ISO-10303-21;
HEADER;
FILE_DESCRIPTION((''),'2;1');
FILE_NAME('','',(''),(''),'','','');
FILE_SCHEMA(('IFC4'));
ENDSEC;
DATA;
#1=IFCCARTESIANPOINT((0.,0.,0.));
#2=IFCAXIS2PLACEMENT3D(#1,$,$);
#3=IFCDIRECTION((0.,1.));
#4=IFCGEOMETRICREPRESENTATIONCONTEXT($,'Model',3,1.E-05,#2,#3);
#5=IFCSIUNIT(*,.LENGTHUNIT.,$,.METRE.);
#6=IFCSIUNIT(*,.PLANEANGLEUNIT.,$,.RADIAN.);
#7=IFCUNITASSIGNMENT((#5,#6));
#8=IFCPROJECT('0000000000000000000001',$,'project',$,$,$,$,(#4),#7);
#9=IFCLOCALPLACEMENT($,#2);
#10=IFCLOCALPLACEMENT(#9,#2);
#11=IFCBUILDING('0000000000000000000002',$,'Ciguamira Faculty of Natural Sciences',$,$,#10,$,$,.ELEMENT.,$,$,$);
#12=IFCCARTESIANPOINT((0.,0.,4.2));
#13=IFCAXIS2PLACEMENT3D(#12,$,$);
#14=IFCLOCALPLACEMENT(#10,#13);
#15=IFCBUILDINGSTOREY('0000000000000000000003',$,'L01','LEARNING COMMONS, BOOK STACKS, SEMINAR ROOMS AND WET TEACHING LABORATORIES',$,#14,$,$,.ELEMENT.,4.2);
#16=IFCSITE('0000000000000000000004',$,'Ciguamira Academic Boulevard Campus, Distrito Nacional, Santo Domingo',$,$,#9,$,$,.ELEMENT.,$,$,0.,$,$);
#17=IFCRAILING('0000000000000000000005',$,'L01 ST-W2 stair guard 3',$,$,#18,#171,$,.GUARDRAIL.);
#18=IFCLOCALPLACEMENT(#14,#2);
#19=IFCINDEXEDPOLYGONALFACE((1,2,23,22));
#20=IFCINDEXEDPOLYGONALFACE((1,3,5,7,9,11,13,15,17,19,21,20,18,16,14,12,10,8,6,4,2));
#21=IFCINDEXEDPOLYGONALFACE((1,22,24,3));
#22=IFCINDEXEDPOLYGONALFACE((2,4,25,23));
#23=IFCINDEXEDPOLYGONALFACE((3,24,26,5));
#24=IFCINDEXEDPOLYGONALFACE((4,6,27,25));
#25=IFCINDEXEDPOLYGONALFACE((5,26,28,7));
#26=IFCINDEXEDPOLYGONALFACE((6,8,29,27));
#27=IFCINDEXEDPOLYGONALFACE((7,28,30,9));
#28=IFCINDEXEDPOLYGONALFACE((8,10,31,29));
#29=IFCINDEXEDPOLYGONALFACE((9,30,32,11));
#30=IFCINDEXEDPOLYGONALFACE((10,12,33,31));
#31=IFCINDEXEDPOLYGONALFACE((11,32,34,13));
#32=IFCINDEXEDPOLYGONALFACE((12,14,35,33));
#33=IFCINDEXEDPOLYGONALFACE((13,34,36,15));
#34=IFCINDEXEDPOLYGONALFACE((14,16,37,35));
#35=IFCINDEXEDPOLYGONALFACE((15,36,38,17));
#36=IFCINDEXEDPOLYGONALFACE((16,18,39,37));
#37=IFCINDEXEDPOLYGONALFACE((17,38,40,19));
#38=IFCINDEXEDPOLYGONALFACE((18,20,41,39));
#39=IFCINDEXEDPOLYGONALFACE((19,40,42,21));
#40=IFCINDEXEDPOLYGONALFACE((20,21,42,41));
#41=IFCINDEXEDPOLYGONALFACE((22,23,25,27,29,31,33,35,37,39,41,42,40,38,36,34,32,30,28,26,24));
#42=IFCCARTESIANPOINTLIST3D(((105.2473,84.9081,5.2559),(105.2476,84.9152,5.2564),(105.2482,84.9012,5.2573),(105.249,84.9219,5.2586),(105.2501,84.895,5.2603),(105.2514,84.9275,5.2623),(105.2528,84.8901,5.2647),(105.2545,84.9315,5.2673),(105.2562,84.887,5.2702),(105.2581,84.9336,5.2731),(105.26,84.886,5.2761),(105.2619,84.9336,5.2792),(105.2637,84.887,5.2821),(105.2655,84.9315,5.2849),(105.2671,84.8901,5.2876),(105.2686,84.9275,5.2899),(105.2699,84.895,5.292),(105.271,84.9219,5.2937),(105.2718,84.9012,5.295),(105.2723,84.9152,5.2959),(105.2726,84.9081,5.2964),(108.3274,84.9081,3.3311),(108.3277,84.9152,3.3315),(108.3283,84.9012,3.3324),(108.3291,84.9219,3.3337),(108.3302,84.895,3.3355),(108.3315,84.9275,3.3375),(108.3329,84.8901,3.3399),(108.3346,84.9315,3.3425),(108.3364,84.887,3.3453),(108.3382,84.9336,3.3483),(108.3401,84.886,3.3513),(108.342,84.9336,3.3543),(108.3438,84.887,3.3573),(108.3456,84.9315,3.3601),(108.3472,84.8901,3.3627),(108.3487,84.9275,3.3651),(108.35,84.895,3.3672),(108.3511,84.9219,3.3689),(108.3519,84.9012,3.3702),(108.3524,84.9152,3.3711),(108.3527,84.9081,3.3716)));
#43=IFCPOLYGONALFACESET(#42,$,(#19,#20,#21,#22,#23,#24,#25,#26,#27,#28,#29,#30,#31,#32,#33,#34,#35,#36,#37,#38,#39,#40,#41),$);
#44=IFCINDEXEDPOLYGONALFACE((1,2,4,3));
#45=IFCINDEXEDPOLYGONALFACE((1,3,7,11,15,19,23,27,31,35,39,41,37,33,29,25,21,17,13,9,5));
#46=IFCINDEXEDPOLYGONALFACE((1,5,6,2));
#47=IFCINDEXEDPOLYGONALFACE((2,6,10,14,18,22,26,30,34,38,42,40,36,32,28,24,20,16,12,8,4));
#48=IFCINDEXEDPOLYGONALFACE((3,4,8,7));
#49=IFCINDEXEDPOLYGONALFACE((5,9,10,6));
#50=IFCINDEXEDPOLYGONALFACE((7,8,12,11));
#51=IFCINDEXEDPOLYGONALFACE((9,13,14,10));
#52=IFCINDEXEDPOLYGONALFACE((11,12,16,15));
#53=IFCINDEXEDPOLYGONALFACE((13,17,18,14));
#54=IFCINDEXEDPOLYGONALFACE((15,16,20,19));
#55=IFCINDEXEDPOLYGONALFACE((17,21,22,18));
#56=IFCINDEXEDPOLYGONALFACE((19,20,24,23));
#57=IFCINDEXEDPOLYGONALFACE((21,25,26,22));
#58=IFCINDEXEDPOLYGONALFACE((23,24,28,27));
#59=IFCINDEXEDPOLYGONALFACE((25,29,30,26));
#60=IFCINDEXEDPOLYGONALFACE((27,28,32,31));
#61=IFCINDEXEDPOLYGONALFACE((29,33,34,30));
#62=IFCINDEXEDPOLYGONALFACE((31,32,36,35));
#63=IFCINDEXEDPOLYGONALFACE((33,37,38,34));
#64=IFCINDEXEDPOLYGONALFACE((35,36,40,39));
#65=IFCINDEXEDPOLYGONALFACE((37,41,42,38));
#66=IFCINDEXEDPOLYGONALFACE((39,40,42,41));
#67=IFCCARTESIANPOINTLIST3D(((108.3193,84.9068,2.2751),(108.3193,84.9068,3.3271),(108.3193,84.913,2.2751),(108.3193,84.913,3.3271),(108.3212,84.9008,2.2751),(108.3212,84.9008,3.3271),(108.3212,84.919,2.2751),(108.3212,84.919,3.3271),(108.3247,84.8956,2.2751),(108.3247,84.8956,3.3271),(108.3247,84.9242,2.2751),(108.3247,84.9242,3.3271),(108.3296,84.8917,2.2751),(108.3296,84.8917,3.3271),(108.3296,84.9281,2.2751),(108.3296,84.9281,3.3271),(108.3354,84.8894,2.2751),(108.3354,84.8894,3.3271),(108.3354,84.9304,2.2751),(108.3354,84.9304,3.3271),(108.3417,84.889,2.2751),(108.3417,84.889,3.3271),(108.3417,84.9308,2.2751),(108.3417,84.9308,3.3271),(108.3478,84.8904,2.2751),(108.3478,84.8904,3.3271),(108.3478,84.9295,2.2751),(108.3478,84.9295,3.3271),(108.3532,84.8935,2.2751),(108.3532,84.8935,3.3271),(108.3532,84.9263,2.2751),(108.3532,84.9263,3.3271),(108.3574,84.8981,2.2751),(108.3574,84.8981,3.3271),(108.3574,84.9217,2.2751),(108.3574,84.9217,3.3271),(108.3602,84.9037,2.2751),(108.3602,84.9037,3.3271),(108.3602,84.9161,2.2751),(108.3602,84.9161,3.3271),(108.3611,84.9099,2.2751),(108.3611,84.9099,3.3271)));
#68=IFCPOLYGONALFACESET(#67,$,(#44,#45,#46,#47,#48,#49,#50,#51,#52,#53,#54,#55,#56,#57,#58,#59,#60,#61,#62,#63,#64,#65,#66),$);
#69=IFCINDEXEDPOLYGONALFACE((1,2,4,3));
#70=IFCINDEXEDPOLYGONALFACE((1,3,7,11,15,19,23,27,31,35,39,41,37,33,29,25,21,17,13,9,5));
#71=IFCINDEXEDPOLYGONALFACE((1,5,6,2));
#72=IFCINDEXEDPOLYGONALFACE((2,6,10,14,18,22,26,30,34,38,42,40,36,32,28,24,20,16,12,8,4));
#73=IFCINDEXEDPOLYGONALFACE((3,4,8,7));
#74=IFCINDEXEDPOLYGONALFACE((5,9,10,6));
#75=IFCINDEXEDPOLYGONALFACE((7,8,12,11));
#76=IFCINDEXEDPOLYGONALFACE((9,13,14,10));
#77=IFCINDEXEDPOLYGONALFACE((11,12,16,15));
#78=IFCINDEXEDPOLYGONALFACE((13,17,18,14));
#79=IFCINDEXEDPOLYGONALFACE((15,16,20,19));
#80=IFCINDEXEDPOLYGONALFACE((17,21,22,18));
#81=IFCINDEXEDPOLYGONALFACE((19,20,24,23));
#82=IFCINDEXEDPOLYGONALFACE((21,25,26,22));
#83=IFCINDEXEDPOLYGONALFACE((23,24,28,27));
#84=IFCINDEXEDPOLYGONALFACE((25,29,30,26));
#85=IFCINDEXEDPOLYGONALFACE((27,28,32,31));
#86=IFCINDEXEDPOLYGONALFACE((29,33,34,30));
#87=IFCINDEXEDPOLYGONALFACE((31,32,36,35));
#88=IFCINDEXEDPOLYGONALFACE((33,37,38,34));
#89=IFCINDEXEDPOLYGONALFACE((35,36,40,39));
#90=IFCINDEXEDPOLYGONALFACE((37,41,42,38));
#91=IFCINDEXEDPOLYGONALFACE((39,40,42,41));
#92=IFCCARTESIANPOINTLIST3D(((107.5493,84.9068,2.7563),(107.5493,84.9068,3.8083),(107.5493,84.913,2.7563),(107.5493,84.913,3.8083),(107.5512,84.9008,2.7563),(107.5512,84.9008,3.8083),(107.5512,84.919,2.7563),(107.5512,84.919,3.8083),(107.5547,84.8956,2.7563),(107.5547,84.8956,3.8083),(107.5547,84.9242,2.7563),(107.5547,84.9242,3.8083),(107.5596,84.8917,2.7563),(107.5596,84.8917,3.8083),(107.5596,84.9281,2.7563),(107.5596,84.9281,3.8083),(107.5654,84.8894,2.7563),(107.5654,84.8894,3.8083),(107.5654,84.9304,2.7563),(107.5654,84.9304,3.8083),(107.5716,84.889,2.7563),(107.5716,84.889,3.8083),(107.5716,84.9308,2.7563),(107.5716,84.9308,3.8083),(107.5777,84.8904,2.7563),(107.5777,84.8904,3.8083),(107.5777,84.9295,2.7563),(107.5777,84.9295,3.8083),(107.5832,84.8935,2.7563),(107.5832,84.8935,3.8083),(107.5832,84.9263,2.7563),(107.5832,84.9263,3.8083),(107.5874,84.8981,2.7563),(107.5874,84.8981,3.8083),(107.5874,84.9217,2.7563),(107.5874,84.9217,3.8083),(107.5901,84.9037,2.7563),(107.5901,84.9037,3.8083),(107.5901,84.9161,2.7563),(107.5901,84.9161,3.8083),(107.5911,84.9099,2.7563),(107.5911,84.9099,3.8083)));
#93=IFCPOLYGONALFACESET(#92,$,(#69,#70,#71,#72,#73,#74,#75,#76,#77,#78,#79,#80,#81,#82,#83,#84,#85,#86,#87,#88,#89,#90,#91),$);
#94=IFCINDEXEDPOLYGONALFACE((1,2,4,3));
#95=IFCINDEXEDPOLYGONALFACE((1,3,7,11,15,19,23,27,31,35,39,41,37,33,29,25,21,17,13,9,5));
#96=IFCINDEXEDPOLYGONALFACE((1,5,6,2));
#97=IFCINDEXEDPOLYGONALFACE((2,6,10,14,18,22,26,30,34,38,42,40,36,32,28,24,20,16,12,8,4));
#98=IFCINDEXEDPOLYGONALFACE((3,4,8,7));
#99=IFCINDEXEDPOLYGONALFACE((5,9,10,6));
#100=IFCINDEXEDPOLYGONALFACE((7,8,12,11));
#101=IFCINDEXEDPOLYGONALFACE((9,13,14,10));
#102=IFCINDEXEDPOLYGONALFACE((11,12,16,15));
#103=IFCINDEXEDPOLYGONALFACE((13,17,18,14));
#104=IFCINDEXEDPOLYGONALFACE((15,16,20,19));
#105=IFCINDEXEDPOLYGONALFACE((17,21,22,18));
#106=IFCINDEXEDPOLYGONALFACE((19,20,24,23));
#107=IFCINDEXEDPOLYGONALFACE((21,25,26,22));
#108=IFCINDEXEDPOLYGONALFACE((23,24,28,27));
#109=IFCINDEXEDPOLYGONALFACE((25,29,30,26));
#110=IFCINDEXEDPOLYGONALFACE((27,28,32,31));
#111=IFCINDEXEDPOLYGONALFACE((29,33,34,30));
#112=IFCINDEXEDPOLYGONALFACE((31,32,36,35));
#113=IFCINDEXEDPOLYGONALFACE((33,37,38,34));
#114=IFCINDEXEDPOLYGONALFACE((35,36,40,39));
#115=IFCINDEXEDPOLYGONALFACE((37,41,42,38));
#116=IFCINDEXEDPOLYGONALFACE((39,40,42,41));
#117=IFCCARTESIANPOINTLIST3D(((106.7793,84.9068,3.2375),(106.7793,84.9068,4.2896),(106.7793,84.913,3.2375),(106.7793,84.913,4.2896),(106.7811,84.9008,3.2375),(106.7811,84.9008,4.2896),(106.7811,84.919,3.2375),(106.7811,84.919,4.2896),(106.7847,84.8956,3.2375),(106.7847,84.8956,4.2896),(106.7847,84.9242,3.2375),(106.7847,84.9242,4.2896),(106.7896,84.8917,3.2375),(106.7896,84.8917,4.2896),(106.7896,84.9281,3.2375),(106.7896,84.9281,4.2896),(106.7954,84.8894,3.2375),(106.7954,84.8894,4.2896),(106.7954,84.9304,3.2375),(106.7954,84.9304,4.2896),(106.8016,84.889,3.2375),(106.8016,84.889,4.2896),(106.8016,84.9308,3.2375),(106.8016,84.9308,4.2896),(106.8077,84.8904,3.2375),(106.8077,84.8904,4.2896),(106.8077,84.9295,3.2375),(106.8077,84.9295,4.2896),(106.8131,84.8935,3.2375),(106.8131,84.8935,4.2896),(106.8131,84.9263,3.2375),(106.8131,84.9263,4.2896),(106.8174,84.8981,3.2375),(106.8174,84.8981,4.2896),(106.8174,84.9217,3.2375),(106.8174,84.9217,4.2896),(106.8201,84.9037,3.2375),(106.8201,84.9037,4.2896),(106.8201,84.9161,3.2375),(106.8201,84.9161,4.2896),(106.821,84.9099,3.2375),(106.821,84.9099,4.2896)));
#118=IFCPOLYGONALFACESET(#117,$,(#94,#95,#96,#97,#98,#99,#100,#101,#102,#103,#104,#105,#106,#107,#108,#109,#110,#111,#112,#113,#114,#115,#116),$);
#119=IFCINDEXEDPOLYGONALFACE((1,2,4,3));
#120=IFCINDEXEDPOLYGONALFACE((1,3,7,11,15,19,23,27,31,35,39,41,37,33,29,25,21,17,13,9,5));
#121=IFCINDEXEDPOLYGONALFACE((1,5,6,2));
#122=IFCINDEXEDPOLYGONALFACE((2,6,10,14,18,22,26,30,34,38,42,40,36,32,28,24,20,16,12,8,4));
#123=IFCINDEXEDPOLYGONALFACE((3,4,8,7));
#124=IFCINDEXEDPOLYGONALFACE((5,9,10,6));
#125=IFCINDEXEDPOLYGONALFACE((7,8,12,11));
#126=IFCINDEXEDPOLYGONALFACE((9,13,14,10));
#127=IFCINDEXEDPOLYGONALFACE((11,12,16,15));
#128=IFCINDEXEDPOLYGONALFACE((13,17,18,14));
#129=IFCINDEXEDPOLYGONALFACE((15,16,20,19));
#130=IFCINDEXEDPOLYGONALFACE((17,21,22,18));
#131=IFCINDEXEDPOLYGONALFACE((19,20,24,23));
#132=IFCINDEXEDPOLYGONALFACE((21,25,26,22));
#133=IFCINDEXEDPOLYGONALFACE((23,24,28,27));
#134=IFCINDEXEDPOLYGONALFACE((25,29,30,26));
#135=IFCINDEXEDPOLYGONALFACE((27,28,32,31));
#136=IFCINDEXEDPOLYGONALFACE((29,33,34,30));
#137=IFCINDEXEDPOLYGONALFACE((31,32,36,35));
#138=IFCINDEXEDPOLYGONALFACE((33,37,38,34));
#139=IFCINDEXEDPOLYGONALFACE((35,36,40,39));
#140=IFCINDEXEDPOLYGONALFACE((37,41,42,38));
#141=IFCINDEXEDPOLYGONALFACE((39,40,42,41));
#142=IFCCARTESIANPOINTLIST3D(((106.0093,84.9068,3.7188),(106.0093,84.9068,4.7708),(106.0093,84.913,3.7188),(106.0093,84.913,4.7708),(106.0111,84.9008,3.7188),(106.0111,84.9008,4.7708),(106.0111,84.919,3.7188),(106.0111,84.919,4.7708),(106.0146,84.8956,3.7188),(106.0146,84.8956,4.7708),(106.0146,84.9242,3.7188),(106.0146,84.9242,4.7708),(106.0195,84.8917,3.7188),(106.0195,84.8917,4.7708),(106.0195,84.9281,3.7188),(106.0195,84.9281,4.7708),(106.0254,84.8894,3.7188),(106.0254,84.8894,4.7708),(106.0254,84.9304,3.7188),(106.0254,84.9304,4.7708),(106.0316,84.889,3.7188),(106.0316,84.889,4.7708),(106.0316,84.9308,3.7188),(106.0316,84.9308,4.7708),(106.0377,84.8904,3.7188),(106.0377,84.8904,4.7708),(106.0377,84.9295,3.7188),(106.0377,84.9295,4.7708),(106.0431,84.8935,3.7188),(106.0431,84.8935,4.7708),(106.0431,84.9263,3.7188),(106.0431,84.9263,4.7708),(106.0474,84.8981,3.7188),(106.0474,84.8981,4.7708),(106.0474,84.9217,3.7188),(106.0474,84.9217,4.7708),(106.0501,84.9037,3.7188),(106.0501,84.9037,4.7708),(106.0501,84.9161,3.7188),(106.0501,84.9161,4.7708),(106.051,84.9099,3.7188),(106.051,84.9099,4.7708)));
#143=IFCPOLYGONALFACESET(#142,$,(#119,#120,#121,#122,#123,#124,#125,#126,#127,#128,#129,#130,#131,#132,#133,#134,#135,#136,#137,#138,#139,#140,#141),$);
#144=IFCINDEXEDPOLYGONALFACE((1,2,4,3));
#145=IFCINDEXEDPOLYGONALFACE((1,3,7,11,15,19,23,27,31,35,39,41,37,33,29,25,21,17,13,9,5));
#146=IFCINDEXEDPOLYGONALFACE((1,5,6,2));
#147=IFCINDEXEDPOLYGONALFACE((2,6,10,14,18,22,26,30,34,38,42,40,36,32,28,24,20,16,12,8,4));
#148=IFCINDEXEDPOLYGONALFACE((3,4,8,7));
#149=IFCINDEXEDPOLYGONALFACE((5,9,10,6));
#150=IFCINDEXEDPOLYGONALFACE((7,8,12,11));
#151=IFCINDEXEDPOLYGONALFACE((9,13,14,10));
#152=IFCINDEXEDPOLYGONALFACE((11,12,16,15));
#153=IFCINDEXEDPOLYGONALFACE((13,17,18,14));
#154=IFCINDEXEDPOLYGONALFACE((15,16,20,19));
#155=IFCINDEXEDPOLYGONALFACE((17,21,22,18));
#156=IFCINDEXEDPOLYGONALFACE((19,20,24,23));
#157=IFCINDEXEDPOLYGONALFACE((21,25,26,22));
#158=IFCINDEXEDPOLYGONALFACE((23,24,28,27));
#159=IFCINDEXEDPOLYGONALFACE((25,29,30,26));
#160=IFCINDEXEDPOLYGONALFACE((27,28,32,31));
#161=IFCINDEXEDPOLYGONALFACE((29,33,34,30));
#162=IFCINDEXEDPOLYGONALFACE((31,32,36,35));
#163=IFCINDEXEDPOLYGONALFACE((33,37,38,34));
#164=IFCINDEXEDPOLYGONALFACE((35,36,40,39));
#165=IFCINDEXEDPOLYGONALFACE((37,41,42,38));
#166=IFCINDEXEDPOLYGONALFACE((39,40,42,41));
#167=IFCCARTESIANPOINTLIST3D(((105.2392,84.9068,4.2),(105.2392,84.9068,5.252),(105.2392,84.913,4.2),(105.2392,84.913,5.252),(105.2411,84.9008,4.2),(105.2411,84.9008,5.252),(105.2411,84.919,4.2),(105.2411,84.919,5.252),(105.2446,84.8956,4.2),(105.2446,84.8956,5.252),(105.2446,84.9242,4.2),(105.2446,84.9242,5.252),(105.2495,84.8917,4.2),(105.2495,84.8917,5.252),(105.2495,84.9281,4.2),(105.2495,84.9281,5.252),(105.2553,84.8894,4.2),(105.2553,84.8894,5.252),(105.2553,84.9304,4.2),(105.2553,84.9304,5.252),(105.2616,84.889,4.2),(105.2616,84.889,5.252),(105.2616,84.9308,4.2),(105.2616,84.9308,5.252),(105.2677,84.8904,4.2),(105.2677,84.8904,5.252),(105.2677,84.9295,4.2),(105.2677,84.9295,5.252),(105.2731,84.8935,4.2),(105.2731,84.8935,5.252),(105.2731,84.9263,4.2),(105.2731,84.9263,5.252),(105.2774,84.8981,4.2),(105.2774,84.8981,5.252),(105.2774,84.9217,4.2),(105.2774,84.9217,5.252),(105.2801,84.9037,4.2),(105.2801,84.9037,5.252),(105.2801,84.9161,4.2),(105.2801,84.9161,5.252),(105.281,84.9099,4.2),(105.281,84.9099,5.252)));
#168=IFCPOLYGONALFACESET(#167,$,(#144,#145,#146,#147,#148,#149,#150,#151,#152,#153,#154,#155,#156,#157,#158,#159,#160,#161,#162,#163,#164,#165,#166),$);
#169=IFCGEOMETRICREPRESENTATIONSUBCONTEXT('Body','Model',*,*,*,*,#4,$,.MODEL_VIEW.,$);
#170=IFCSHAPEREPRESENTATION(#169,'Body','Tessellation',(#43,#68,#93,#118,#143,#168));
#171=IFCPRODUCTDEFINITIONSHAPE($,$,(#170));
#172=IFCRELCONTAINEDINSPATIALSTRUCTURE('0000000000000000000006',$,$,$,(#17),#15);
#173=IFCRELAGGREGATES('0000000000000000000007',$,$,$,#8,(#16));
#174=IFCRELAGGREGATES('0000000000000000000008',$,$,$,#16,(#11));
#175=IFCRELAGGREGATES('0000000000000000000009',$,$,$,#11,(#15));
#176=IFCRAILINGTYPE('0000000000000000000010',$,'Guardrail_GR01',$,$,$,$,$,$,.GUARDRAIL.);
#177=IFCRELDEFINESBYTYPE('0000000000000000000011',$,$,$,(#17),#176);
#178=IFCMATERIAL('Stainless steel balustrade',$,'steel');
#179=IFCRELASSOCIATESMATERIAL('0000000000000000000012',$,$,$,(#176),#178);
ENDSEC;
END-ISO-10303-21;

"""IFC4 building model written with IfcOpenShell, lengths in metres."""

from ifc_helpers import new_model, si_unit, direction, frame, origin, origin_2d, place, context, subcontext, project, spatial, circle, extrude, material, type_object, element, save


model = new_model("IFC4")

# Units and contexts
model_context = context("Model", 3, precision=1e-05, world=origin(), true_north=direction((0.0, 1.0)))
body_context = subcontext(model_context, "Body", "Model", "MODEL_VIEW")
ifc_project = project(units=[si_unit("LENGTHUNIT", "METRE"), si_unit("PLANEANGLEUNIT", "RADIAN")], contexts=[model_context])

# Site, building, storey
site_placement = place(None, origin())
site = spatial("IfcSite", under=ifc_project, at=site_placement, Name="Ciguamira Academic Boulevard Campus, Distrito Nacional, Santo Domingo", CompositionType="ELEMENT", RefElevation=0.0)
building_placement = place(site_placement, origin())
building = spatial("IfcBuilding", under=site, at=building_placement, Name="Ciguamira Faculty of Natural Sciences", CompositionType="ELEMENT")
storey_placement = place(building_placement, frame((0.0, 0.0, 4.2)))
storey = spatial("IfcBuildingStorey", under=building, at=storey_placement, Name="L01", Description="LEARNING COMMONS, BOOK STACKS, SEMINAR ROOMS AND WET TEACHING LABORATORIES", CompositionType="ELEMENT", Elevation=4.2)

# Railing
ifc_material_1 = material(Name="Stainless steel balustrade", Category="steel")
railing_type_1 = type_object("IfcRailingType", Name="Guardrail_GR01", PredefinedType="GUARDRAIL", material=ifc_material_1)
railing_1_placement = place(storey_placement, frame((108.3401, 84.9099, 2.2751)))
element("IfcRailing", 1, at=railing_1_placement, inside=storey, type_object=railing_type_1, Name="L01 ST-W2 stair guard 3", PredefinedType="GUARDRAIL", context=body_context, shape_type="SweptSolid", body=[
    extrude(circle(Radius=0.0239, at=origin_2d()), frame((0.0, 0.0, 1.0762), z_axis=(-0.848029, 0.0, 0.529951), x_axis=(0.0, -1.0, 0.0)), (0.0, 0.0, 1.0), 3.6321),
    extrude(circle(Radius=0.021, at=origin_2d()), origin(), (0.0, 0.0, 1.0), 1.052),
    extrude(circle(Radius=0.021, at=origin_2d()), frame((-0.77, 0.0, 0.4812)), (0.0, 0.0, 1.0), 1.052),
    extrude(circle(Radius=0.021, at=origin_2d()), frame((-1.54, 0.0, 0.9624)), (0.0, 0.0, 1.0), 1.052),
    extrude(circle(Radius=0.021, at=origin_2d()), frame((-2.3101, 0.0, 1.4436)), (0.0, 0.0, 1.0), 1.052),
    extrude(circle(Radius=0.021, at=origin_2d()), frame((-3.0801, 0.0, 1.9248)), (0.0, 0.0, 1.0), 1.052),
])

save(model, "model.ifc")
